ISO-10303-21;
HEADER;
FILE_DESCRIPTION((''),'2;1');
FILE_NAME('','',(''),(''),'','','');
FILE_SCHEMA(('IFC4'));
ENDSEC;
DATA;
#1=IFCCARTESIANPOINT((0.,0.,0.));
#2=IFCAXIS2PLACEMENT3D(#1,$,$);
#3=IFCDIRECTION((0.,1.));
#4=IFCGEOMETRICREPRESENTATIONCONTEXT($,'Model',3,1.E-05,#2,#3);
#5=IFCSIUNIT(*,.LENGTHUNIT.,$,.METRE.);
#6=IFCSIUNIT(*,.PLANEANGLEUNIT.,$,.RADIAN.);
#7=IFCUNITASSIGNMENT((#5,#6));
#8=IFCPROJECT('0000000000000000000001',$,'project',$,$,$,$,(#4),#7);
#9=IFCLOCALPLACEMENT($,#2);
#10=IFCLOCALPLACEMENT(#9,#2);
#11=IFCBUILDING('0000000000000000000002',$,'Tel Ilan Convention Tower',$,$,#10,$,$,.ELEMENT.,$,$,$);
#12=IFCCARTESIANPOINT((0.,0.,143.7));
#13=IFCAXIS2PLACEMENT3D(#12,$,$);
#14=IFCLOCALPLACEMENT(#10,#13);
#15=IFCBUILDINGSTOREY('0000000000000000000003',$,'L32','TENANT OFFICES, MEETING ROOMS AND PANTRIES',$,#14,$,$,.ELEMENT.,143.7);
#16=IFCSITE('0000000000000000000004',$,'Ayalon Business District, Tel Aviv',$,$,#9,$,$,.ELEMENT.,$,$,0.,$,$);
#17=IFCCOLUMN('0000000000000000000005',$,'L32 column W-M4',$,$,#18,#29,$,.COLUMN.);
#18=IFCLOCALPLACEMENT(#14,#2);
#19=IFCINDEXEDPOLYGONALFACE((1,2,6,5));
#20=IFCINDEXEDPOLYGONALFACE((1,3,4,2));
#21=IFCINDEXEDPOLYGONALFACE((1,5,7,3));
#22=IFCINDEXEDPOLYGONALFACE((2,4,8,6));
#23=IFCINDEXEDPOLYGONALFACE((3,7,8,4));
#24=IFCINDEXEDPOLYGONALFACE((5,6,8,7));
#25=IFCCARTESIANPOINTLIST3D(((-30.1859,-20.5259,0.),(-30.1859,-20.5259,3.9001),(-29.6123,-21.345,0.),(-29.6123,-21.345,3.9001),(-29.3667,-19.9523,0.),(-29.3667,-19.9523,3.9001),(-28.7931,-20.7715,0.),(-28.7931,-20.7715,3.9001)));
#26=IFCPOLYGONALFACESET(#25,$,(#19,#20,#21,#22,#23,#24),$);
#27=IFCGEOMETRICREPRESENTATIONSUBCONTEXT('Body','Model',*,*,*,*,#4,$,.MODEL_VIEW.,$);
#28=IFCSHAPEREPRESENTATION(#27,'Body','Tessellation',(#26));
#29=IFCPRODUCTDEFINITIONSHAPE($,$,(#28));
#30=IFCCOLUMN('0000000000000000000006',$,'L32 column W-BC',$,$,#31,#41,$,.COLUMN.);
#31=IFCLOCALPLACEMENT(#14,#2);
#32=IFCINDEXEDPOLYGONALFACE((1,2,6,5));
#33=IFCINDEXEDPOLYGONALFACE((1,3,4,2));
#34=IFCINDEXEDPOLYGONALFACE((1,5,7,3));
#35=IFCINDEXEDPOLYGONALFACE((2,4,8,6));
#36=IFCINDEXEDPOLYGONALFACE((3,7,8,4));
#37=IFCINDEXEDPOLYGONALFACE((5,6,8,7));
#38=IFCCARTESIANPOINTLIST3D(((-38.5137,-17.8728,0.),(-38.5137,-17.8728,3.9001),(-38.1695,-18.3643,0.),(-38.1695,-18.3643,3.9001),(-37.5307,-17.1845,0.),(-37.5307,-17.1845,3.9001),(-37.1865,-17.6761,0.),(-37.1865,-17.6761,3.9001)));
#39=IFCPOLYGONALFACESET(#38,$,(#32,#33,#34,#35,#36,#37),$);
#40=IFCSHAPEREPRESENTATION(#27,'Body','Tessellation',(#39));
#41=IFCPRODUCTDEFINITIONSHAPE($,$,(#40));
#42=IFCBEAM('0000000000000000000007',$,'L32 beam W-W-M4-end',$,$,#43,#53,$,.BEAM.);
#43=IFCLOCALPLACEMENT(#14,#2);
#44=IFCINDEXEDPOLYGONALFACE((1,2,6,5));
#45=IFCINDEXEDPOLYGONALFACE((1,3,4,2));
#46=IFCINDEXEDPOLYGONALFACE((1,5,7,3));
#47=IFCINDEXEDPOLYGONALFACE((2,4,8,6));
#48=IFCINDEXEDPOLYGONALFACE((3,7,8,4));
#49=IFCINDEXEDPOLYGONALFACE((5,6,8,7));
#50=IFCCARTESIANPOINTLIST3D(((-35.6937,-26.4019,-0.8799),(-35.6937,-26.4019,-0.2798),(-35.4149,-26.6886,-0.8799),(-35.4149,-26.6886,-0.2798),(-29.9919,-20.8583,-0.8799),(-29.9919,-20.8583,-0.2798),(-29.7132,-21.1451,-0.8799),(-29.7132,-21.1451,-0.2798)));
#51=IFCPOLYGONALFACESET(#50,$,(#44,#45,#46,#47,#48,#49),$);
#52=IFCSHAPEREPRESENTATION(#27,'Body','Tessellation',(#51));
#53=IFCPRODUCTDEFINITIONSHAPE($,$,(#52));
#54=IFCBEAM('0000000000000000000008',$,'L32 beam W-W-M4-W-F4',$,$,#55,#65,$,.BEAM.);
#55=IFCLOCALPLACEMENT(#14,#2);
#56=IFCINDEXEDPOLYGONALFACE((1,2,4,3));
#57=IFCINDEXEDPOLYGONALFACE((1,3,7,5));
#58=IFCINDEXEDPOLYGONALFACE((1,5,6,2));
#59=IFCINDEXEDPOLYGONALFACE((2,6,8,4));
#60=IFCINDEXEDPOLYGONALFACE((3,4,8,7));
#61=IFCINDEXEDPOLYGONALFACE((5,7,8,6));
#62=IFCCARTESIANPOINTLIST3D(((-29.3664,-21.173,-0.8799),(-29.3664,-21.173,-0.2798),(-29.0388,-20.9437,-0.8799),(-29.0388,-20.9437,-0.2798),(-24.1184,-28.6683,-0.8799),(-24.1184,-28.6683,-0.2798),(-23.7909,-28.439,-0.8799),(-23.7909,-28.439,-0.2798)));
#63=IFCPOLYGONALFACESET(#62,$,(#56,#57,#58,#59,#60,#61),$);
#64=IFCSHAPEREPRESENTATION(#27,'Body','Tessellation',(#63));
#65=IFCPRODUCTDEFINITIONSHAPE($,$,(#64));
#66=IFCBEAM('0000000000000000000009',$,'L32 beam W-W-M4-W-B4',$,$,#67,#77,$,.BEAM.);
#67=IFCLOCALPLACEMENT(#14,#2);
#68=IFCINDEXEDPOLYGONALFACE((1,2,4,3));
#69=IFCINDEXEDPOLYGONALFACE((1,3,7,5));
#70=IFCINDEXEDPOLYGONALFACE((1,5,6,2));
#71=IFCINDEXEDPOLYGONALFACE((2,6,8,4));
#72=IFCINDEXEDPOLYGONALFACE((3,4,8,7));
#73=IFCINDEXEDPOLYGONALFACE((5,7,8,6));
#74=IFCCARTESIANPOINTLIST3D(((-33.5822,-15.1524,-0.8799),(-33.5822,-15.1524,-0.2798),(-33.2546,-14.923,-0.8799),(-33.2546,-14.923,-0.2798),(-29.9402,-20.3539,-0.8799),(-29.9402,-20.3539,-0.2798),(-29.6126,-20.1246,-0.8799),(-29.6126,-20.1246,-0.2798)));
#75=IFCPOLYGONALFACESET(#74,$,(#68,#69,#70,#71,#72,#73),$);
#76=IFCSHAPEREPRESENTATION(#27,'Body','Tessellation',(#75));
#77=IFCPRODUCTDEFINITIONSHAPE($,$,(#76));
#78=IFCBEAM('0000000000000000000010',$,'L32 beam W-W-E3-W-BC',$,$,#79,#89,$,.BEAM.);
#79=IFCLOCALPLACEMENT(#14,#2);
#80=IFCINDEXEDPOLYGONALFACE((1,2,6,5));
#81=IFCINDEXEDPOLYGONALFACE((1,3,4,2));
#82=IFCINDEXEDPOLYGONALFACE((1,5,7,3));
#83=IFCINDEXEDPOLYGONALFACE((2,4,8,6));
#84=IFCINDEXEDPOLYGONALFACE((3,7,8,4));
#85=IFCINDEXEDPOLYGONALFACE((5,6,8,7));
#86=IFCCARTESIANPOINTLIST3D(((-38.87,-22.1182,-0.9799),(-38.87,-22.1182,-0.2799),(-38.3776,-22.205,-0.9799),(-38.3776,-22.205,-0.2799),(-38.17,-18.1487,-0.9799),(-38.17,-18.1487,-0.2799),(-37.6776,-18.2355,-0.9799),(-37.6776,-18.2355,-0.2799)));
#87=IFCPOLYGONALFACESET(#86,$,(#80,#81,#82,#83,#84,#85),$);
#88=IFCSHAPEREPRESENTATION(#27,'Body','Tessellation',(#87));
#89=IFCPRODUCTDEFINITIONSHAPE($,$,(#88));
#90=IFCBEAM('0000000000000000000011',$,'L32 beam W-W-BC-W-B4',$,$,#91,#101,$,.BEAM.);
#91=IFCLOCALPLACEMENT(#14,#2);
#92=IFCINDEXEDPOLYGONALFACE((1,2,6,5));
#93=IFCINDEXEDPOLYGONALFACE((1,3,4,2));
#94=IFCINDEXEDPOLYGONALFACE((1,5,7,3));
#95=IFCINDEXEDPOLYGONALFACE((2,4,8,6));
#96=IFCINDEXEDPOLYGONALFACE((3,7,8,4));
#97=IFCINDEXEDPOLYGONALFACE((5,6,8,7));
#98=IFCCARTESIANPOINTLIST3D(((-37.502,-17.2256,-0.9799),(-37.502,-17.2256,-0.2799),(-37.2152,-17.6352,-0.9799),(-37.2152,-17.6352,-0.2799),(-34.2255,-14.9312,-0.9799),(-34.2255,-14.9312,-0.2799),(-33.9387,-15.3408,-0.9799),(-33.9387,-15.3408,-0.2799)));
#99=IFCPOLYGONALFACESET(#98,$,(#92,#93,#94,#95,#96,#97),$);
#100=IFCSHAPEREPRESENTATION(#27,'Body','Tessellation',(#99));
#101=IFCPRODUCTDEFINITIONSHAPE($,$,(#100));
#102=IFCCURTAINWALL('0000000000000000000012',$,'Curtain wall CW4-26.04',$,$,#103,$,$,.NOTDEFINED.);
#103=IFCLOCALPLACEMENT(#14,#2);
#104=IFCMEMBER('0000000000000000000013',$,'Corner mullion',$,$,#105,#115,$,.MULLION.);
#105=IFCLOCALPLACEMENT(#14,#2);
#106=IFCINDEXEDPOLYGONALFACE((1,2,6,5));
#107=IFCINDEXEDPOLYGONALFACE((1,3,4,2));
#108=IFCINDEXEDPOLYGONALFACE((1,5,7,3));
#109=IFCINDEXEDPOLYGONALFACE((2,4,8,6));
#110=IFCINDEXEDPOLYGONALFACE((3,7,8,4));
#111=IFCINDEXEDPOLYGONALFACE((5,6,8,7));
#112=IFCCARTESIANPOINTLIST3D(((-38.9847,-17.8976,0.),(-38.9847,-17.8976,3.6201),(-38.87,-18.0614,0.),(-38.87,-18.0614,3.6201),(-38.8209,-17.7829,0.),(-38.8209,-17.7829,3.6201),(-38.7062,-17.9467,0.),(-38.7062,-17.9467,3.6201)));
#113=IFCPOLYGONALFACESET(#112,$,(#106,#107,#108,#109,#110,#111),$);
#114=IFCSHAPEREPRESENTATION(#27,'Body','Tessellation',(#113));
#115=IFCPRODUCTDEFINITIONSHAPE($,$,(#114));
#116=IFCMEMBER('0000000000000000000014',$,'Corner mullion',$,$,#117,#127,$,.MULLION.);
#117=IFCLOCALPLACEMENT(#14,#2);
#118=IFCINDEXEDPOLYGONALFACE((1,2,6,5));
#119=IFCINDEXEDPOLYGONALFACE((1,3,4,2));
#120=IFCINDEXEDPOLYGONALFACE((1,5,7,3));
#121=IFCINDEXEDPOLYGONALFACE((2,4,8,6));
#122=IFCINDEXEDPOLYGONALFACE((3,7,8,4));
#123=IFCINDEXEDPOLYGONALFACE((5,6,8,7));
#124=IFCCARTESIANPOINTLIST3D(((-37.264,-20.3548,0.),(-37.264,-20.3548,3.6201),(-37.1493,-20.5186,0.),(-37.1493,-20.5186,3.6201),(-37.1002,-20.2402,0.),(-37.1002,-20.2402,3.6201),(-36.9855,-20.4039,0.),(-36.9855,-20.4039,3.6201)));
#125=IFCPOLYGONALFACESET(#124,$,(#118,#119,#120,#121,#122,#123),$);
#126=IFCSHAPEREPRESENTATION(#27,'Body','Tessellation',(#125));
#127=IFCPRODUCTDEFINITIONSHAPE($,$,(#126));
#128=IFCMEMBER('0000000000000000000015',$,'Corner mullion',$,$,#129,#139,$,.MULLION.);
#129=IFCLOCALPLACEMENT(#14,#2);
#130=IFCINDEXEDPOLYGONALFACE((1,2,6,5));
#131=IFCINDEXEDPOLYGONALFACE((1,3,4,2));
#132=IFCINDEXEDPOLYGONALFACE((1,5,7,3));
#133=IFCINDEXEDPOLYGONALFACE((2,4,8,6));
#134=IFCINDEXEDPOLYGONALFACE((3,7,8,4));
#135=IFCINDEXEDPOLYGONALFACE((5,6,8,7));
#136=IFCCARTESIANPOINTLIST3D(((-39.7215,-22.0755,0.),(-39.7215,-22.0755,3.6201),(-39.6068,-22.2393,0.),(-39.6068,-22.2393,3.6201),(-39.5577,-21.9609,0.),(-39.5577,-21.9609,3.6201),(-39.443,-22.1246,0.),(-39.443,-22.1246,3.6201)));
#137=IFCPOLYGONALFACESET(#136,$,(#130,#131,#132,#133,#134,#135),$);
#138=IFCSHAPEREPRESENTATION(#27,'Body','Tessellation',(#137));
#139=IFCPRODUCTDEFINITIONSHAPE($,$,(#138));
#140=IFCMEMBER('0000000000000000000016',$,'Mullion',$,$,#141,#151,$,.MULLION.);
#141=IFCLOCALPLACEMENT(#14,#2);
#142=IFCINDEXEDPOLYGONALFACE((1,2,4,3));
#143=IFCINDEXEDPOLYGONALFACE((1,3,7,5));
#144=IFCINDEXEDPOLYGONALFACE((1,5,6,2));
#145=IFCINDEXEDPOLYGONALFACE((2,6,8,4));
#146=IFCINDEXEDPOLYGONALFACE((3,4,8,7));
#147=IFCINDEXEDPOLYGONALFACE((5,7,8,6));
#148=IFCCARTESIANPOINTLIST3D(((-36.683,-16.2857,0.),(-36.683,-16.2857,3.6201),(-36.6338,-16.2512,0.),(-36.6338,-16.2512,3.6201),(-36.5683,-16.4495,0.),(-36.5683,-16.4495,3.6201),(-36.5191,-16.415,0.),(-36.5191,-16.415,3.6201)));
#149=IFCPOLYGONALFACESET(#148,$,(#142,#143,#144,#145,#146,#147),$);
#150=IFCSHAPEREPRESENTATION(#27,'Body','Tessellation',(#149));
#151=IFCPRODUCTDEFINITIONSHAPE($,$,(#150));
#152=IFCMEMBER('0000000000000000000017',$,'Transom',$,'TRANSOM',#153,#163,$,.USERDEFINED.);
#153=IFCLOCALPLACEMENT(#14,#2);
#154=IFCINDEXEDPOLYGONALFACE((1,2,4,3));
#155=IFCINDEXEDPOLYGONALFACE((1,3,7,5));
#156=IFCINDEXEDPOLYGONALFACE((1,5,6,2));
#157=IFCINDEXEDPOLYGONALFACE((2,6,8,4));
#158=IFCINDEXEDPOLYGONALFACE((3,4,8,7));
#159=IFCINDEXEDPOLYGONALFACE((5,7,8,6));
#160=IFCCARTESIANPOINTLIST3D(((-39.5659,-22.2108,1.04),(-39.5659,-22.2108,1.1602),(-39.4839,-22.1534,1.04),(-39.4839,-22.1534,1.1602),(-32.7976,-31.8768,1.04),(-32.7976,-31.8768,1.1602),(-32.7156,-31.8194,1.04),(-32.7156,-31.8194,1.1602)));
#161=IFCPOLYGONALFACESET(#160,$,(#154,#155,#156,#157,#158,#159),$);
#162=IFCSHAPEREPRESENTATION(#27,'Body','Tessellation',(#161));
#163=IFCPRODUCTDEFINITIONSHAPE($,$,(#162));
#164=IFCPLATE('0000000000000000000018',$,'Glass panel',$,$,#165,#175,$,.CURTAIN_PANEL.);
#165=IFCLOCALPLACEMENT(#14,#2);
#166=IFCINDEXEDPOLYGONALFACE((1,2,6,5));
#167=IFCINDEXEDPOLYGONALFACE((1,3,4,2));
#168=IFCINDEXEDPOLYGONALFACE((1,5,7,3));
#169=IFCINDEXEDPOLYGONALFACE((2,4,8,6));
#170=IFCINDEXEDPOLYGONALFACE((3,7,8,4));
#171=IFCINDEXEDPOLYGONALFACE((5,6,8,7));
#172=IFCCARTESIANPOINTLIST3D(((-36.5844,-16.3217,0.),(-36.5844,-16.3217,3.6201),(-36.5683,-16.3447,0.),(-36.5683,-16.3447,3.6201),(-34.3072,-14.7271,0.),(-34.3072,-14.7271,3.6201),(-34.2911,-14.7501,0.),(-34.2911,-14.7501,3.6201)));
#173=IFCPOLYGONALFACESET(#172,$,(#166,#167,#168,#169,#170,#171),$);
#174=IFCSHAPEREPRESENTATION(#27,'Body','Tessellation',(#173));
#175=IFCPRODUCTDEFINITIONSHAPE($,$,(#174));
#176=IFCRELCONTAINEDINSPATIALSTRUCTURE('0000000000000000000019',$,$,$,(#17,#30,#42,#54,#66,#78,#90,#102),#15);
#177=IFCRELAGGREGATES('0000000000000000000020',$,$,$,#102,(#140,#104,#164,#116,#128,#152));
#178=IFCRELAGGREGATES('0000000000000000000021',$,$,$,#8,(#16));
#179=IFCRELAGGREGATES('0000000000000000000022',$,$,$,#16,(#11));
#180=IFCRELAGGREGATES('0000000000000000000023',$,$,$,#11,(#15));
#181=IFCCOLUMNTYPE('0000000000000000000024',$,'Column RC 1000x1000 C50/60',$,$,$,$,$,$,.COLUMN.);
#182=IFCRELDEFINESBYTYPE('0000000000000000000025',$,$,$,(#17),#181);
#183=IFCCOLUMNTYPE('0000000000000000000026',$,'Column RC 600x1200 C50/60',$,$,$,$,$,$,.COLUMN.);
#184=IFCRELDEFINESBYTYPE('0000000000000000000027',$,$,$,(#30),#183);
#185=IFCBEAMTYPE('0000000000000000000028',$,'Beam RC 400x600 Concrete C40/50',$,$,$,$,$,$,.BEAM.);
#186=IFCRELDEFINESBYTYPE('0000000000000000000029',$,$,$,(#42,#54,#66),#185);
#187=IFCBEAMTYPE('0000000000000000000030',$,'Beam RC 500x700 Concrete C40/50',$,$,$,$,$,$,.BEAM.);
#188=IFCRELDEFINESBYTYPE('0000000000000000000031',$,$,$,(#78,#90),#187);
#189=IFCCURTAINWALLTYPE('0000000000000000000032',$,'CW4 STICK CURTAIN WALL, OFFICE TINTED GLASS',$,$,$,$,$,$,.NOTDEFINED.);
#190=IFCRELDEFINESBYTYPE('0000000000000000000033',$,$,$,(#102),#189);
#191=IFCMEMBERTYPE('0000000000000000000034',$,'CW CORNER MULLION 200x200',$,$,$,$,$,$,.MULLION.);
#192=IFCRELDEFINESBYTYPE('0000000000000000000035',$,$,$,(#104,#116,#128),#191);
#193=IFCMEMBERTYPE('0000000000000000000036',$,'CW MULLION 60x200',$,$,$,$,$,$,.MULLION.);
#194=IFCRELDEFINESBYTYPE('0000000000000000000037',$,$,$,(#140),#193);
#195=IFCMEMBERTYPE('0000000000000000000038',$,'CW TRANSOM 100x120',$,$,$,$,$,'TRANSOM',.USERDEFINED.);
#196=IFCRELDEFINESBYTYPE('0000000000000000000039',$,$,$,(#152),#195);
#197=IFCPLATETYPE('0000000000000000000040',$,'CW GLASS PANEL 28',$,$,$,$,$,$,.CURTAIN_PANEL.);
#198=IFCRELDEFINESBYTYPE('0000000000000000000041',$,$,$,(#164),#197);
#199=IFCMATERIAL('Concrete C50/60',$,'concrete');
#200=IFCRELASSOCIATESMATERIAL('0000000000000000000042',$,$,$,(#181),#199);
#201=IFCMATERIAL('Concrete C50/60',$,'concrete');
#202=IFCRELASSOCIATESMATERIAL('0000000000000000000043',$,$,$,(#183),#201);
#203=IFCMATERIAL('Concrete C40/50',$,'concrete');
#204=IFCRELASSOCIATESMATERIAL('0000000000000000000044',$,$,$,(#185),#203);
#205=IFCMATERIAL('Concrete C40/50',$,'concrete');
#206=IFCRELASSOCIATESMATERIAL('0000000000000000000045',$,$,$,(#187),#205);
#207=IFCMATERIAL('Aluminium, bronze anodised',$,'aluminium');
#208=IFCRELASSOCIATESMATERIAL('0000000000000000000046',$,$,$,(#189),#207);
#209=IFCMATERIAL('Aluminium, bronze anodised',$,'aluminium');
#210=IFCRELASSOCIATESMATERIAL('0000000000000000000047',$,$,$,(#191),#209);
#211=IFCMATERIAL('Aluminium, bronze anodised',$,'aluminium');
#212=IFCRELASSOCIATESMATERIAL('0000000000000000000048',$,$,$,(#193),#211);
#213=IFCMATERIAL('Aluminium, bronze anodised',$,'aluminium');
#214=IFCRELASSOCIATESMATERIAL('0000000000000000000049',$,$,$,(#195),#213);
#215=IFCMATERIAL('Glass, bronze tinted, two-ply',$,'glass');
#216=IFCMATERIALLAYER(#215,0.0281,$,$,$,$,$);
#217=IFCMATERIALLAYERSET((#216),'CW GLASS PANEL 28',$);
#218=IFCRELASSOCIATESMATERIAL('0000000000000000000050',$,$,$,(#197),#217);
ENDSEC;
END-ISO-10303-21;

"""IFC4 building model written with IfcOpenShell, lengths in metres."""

from ifc_helpers import new_model, si_unit, direction, frame, origin, origin_2d, place, context, subcontext, project, spatial, rectangle, extrude, material, layer, layer_set, material_profile, profile_set, type_object, element, aggregate, save


model = new_model("IFC4")

# Units and contexts
model_context = context("Model", 3, precision=1e-05, world=origin(), true_north=direction((0.0, 1.0)))
body_context = subcontext(model_context, "Body", "Model", "MODEL_VIEW")
ifc_project = project(units=[si_unit("LENGTHUNIT", "METRE"), si_unit("PLANEANGLEUNIT", "RADIAN")], contexts=[model_context])

# Site, building, storey
site_placement = place(None, origin())
site = spatial("IfcSite", under=ifc_project, at=site_placement, Name="Ayalon Business District, Tel Aviv", CompositionType="ELEMENT", RefElevation=0.0)
building_placement = place(site_placement, origin())
building = spatial("IfcBuilding", under=site, at=building_placement, Name="Tel Ilan Convention Tower", CompositionType="ELEMENT")
storey_placement = place(building_placement, frame((0.0, 0.0, 143.7)))
storey = spatial("IfcBuildingStorey", under=building, at=storey_placement, Name="L32", Description="TENANT OFFICES, MEETING ROOMS AND PANTRIES", CompositionType="ELEMENT", Elevation=143.7)

# Columns
ifc_material_1 = material(Name="Concrete C50/60", Category="concrete")
ifc_material_profile_1 = material_profile(ifc_material_1, rectangle(XDim=1.0, YDim=1.0, at=origin_2d()), Name="RC 1000x1000")
ifc_profile_set_1 = profile_set([ifc_material_profile_1], Name="Concrete C50/60")
column_type_1 = type_object("IfcColumnType", Name="Column RC 1000x1000 C50/60", PredefinedType="COLUMN", material=ifc_profile_set_1)
column_1_placement = place(storey_placement, frame((-29.4895, -20.6487, 0.0), z_axis=(0.0, 0.0, 1.0), x_axis=(-0.819152, -0.573576, 0.0)))
element("IfcColumn", 1, at=column_1_placement, inside=storey, type_object=column_type_1, Name="L32 column W-M4", PredefinedType="COLUMN", context=body_context, shape_type="SweptSolid", body=[
    extrude(rectangle(XDim=1.0, YDim=1.0, at=origin_2d()), origin(), (0.0, 0.0, 1.0), 3.9001),
])
ifc_material_2 = material(Name="Concrete C50/60", Category="concrete")
ifc_material_profile_2 = material_profile(ifc_material_2, rectangle(XDim=1.2, YDim=0.6001, at=origin_2d()), Name="RC 600x1200")
ifc_profile_set_2 = profile_set([ifc_material_profile_2], Name="Concrete C50/60")
column_type_2 = type_object("IfcColumnType", Name="Column RC 600x1200 C50/60", PredefinedType="COLUMN", material=ifc_profile_set_2)
column_2_placement = place(storey_placement, frame((-37.8501, -17.7744, 0.0), z_axis=(0.0, 0.0, 1.0), x_axis=(-0.819152, -0.573576, 0.0)))
element("IfcColumn", 2, at=column_2_placement, inside=storey, type_object=column_type_2, Name="L32 column W-BC", PredefinedType="COLUMN", context=body_context, shape_type="SweptSolid", body=[
    extrude(rectangle(XDim=1.2, YDim=0.6001, at=origin_2d()), origin(), (0.0, 0.0, 1.0), 3.9001),
])

# Beams
ifc_material_3 = material(Name="Concrete C40/50", Category="concrete")
ifc_material_profile_3 = material_profile(ifc_material_3, rectangle(XDim=0.3999, YDim=0.6001, at=origin_2d()), Name="RC 400x600")
ifc_profile_set_3 = profile_set([ifc_material_profile_3], Name="Concrete C40/50")
beam_type_1 = type_object("IfcBeamType", Name="Beam RC 400x600 Concrete C40/50", PredefinedType="BEAM", material=ifc_profile_set_3)
beam_1_placement = place(storey_placement, frame((-29.8525, -21.0017, -0.5798), z_axis=(-0.716984, -0.69709, 0.0), x_axis=(0.69709, -0.716984, 0.0)))
element("IfcBeam", 3, at=beam_1_placement, inside=storey, type_object=beam_type_1, Name="L32 beam W-W-M4-end", PredefinedType="BEAM", context=body_context, shape_type="SweptSolid", body=[
    extrude(rectangle(XDim=0.3999, YDim=0.6001, at=origin_2d()), origin(), (0.0, 0.0, 1.0), 7.9524),
])
beam_2_placement = place(storey_placement, frame((-29.2026, -21.0583, -0.5798), z_axis=(0.573557, -0.819165, 0.0), x_axis=(0.819165, 0.573557, 0.0)))
element("IfcBeam", 4, at=beam_2_placement, inside=storey, type_object=beam_type_1, Name="L32 beam W-W-M4-W-F4", PredefinedType="BEAM", context=body_context, shape_type="SweptSolid", body=[
    extrude(rectangle(XDim=0.3999, YDim=0.6001, at=origin_2d()), origin(), (0.0, 0.0, 1.0), 9.1499),
])
beam_3_placement = place(storey_placement, frame((-29.7764, -20.2393, -0.5798), z_axis=(-0.57356, 0.819163, 0.0), x_axis=(-0.819163, -0.57356, 0.0)))
element("IfcBeam", 5, at=beam_3_placement, inside=storey, type_object=beam_type_1, Name="L32 beam W-W-M4-W-B4", PredefinedType="BEAM", context=body_context, shape_type="SweptSolid", body=[
    extrude(rectangle(XDim=0.3999, YDim=0.6001, at=origin_2d()), origin(), (0.0, 0.0, 1.0), 6.3499),
])
ifc_material_4 = material(Name="Concrete C40/50", Category="concrete")
ifc_material_profile_4 = material_profile(ifc_material_4, rectangle(XDim=0.5, YDim=0.7, at=origin_2d()), Name="RC 500x700")
ifc_profile_set_4 = profile_set([ifc_material_profile_4], Name="Concrete C40/50")
beam_type_2 = type_object("IfcBeamType", Name="Beam RC 500x700 Concrete C40/50", PredefinedType="BEAM", material=ifc_profile_set_4)
beam_4_placement = place(storey_placement, frame((-38.6238, -22.1616, -0.6299), z_axis=(0.173654, 0.984807, 0.0), x_axis=(-0.984807, 0.173654, 0.0)))
element("IfcBeam", 6, at=beam_4_placement, inside=storey, type_object=beam_type_2, Name="L32 beam W-W-E3-W-BC", PredefinedType="BEAM", context=body_context, shape_type="SweptSolid", body=[
    extrude(rectangle(XDim=0.5, YDim=0.7, at=origin_2d()), origin(), (0.0, 0.0, 1.0), 4.0308),
])
beam_5_placement = place(storey_placement, frame((-37.3586, -17.4304, -0.6299), z_axis=(0.819137, 0.573598, 0.0), x_axis=(-0.573598, 0.819137, 0.0)))
element("IfcBeam", 7, at=beam_5_placement, inside=storey, type_object=beam_type_2, Name="L32 beam W-W-BC-W-B4", PredefinedType="BEAM", context=body_context, shape_type="SweptSolid", body=[
    extrude(rectangle(XDim=0.5, YDim=0.7, at=origin_2d()), origin(), (0.0, 0.0, 1.0), 4.0),
])

# Curtain wall, members, plate
ifc_material_5 = material(Name="Aluminium, bronze anodised", Category="aluminium")
curtain_wall_type = type_object("IfcCurtainWallType", Name="CW4 STICK CURTAIN WALL, OFFICE TINTED GLASS", PredefinedType="NOTDEFINED", material=ifc_material_5)
curtain_wall_placement = place(storey_placement, origin())
curtain_wall = element("IfcCurtainWall", 8, at=curtain_wall_placement, inside=storey, type_object=curtain_wall_type, Name="Curtain wall CW4-26.04", PredefinedType="NOTDEFINED")
ifc_material_6 = material(Name="Aluminium, bronze anodised", Category="aluminium")
ifc_material_profile_5 = material_profile(ifc_material_6, rectangle(XDim=0.2, YDim=0.2, at=origin_2d()), Name="CW CORNER MULLION 200x200")
ifc_profile_set_5 = profile_set([ifc_material_profile_5], Name="Aluminium, bronze anodised")
member_type_1 = type_object("IfcMemberType", Name="CW CORNER MULLION 200x200", PredefinedType="MULLION", material=ifc_profile_set_5)
member_1_placement = place(storey_placement, frame((-38.8455, -17.9221, 0.0), z_axis=(0.0, 0.0, 1.0), x_axis=(-0.819152, -0.573576, 0.0)))
member_1 = element("IfcMember", 9, at=member_1_placement, type_object=member_type_1, Name="Corner mullion", PredefinedType="MULLION", context=body_context, shape_type="SweptSolid", body=[
    extrude(rectangle(XDim=0.2, YDim=0.2, at=origin_2d()), origin(), (0.0, 0.0, 1.0), 3.6201),
])
member_2_placement = place(storey_placement, frame((-37.1248, -20.3794, 0.0), z_axis=(0.0, 0.0, 1.0), x_axis=(0.573576, -0.819152, 0.0)))
member_2 = element("IfcMember", 10, at=member_2_placement, type_object=member_type_1, Name="Corner mullion", PredefinedType="MULLION", context=body_context, shape_type="SweptSolid", body=[
    extrude(rectangle(XDim=0.2, YDim=0.2, at=origin_2d()), origin(), (0.0, 0.0, 1.0), 3.6201),
])
member_3_placement = place(storey_placement, frame((-39.5823, -22.1001, 0.0), z_axis=(0.0, 0.0, 1.0), x_axis=(-0.819152, -0.573576, 0.0)))
member_3 = element("IfcMember", 11, at=member_3_placement, type_object=member_type_1, Name="Corner mullion", PredefinedType="MULLION", context=body_context, shape_type="SweptSolid", body=[
    extrude(rectangle(XDim=0.2, YDim=0.2, at=origin_2d()), origin(), (0.0, 0.0, 1.0), 3.6201),
])
ifc_material_7 = material(Name="Aluminium, bronze anodised", Category="aluminium")
ifc_material_profile_6 = material_profile(ifc_material_7, rectangle(XDim=0.0601, YDim=0.2, at=origin_2d()), Name="CW MULLION 60x200")
ifc_profile_set_6 = profile_set([ifc_material_profile_6], Name="Aluminium, bronze anodised")
member_type_2 = type_object("IfcMemberType", Name="CW MULLION 60x200", PredefinedType="MULLION", material=ifc_profile_set_6)
member_4_placement = place(storey_placement, frame((-36.6011, -16.3503, 0.0), z_axis=(0.0, 0.0, 1.0), x_axis=(-0.819152, -0.573576, 0.0)))
member_4 = element("IfcMember", 12, at=member_4_placement, type_object=member_type_2, Name="Mullion", PredefinedType="MULLION", context=body_context, shape_type="SweptSolid", body=[
    extrude(rectangle(XDim=0.0601, YDim=0.2, at=origin_2d()), origin(), (0.0, 0.0, 1.0), 3.6201),
])
ifc_material_8 = material(Name="Aluminium, bronze anodised", Category="aluminium")
ifc_material_profile_7 = material_profile(ifc_material_8, rectangle(XDim=0.1001, YDim=0.1201, at=origin_2d()), Name="CW TRANSOM 100x120")
ifc_profile_set_7 = profile_set([ifc_material_profile_7], Name="Aluminium, bronze anodised")
member_type_3 = type_object("IfcMemberType", Name="CW TRANSOM 100x120", ElementType="TRANSOM", PredefinedType="USERDEFINED", material=ifc_profile_set_7)
member_5_placement = place(storey_placement, frame((-39.5249, -22.1821, 1.1001), z_axis=(0.573582, -0.819148, 0.0), x_axis=(0.819148, 0.573582, 0.0)))
member_5 = element("IfcMember", 13, at=member_5_placement, type_object=member_type_3, Name="Transom", ObjectType="TRANSOM", PredefinedType="USERDEFINED", context=body_context, shape_type="SweptSolid", body=[
    extrude(rectangle(XDim=0.1001, YDim=0.1201, at=origin_2d()), origin(), (0.0, 0.0, 1.0), 11.8),
])
ifc_material_9 = material(Name="Glass, bronze tinted, two-ply", Category="glass")
ifc_layer_1 = layer(ifc_material_9, 0.0281)
ifc_layer_set_1 = layer_set([ifc_layer_1], Name="CW GLASS PANEL 28")
plate_type = type_object("IfcPlateType", Name="CW GLASS PANEL 28", PredefinedType="CURTAIN_PANEL", material=ifc_layer_set_1)
plate_1_placement = place(storey_placement, frame((-35.4377, -15.5359, 0.0), z_axis=(0.0, 0.0, 1.0), x_axis=(-0.819152, -0.573576, 0.0)))
plate_1 = element("IfcPlate", 14, at=plate_1_placement, type_object=plate_type, Name="Glass panel", PredefinedType="CURTAIN_PANEL", context=body_context, shape_type="SweptSolid", body=[
    extrude(rectangle(XDim=2.78, YDim=0.0281, at=origin_2d()), origin(), (0.0, 0.0, 1.0), 3.6201),
])
aggregate(curtain_wall, [member_4, member_1, plate_1, member_2, member_3, member_5])

save(model, "model.ifc")
